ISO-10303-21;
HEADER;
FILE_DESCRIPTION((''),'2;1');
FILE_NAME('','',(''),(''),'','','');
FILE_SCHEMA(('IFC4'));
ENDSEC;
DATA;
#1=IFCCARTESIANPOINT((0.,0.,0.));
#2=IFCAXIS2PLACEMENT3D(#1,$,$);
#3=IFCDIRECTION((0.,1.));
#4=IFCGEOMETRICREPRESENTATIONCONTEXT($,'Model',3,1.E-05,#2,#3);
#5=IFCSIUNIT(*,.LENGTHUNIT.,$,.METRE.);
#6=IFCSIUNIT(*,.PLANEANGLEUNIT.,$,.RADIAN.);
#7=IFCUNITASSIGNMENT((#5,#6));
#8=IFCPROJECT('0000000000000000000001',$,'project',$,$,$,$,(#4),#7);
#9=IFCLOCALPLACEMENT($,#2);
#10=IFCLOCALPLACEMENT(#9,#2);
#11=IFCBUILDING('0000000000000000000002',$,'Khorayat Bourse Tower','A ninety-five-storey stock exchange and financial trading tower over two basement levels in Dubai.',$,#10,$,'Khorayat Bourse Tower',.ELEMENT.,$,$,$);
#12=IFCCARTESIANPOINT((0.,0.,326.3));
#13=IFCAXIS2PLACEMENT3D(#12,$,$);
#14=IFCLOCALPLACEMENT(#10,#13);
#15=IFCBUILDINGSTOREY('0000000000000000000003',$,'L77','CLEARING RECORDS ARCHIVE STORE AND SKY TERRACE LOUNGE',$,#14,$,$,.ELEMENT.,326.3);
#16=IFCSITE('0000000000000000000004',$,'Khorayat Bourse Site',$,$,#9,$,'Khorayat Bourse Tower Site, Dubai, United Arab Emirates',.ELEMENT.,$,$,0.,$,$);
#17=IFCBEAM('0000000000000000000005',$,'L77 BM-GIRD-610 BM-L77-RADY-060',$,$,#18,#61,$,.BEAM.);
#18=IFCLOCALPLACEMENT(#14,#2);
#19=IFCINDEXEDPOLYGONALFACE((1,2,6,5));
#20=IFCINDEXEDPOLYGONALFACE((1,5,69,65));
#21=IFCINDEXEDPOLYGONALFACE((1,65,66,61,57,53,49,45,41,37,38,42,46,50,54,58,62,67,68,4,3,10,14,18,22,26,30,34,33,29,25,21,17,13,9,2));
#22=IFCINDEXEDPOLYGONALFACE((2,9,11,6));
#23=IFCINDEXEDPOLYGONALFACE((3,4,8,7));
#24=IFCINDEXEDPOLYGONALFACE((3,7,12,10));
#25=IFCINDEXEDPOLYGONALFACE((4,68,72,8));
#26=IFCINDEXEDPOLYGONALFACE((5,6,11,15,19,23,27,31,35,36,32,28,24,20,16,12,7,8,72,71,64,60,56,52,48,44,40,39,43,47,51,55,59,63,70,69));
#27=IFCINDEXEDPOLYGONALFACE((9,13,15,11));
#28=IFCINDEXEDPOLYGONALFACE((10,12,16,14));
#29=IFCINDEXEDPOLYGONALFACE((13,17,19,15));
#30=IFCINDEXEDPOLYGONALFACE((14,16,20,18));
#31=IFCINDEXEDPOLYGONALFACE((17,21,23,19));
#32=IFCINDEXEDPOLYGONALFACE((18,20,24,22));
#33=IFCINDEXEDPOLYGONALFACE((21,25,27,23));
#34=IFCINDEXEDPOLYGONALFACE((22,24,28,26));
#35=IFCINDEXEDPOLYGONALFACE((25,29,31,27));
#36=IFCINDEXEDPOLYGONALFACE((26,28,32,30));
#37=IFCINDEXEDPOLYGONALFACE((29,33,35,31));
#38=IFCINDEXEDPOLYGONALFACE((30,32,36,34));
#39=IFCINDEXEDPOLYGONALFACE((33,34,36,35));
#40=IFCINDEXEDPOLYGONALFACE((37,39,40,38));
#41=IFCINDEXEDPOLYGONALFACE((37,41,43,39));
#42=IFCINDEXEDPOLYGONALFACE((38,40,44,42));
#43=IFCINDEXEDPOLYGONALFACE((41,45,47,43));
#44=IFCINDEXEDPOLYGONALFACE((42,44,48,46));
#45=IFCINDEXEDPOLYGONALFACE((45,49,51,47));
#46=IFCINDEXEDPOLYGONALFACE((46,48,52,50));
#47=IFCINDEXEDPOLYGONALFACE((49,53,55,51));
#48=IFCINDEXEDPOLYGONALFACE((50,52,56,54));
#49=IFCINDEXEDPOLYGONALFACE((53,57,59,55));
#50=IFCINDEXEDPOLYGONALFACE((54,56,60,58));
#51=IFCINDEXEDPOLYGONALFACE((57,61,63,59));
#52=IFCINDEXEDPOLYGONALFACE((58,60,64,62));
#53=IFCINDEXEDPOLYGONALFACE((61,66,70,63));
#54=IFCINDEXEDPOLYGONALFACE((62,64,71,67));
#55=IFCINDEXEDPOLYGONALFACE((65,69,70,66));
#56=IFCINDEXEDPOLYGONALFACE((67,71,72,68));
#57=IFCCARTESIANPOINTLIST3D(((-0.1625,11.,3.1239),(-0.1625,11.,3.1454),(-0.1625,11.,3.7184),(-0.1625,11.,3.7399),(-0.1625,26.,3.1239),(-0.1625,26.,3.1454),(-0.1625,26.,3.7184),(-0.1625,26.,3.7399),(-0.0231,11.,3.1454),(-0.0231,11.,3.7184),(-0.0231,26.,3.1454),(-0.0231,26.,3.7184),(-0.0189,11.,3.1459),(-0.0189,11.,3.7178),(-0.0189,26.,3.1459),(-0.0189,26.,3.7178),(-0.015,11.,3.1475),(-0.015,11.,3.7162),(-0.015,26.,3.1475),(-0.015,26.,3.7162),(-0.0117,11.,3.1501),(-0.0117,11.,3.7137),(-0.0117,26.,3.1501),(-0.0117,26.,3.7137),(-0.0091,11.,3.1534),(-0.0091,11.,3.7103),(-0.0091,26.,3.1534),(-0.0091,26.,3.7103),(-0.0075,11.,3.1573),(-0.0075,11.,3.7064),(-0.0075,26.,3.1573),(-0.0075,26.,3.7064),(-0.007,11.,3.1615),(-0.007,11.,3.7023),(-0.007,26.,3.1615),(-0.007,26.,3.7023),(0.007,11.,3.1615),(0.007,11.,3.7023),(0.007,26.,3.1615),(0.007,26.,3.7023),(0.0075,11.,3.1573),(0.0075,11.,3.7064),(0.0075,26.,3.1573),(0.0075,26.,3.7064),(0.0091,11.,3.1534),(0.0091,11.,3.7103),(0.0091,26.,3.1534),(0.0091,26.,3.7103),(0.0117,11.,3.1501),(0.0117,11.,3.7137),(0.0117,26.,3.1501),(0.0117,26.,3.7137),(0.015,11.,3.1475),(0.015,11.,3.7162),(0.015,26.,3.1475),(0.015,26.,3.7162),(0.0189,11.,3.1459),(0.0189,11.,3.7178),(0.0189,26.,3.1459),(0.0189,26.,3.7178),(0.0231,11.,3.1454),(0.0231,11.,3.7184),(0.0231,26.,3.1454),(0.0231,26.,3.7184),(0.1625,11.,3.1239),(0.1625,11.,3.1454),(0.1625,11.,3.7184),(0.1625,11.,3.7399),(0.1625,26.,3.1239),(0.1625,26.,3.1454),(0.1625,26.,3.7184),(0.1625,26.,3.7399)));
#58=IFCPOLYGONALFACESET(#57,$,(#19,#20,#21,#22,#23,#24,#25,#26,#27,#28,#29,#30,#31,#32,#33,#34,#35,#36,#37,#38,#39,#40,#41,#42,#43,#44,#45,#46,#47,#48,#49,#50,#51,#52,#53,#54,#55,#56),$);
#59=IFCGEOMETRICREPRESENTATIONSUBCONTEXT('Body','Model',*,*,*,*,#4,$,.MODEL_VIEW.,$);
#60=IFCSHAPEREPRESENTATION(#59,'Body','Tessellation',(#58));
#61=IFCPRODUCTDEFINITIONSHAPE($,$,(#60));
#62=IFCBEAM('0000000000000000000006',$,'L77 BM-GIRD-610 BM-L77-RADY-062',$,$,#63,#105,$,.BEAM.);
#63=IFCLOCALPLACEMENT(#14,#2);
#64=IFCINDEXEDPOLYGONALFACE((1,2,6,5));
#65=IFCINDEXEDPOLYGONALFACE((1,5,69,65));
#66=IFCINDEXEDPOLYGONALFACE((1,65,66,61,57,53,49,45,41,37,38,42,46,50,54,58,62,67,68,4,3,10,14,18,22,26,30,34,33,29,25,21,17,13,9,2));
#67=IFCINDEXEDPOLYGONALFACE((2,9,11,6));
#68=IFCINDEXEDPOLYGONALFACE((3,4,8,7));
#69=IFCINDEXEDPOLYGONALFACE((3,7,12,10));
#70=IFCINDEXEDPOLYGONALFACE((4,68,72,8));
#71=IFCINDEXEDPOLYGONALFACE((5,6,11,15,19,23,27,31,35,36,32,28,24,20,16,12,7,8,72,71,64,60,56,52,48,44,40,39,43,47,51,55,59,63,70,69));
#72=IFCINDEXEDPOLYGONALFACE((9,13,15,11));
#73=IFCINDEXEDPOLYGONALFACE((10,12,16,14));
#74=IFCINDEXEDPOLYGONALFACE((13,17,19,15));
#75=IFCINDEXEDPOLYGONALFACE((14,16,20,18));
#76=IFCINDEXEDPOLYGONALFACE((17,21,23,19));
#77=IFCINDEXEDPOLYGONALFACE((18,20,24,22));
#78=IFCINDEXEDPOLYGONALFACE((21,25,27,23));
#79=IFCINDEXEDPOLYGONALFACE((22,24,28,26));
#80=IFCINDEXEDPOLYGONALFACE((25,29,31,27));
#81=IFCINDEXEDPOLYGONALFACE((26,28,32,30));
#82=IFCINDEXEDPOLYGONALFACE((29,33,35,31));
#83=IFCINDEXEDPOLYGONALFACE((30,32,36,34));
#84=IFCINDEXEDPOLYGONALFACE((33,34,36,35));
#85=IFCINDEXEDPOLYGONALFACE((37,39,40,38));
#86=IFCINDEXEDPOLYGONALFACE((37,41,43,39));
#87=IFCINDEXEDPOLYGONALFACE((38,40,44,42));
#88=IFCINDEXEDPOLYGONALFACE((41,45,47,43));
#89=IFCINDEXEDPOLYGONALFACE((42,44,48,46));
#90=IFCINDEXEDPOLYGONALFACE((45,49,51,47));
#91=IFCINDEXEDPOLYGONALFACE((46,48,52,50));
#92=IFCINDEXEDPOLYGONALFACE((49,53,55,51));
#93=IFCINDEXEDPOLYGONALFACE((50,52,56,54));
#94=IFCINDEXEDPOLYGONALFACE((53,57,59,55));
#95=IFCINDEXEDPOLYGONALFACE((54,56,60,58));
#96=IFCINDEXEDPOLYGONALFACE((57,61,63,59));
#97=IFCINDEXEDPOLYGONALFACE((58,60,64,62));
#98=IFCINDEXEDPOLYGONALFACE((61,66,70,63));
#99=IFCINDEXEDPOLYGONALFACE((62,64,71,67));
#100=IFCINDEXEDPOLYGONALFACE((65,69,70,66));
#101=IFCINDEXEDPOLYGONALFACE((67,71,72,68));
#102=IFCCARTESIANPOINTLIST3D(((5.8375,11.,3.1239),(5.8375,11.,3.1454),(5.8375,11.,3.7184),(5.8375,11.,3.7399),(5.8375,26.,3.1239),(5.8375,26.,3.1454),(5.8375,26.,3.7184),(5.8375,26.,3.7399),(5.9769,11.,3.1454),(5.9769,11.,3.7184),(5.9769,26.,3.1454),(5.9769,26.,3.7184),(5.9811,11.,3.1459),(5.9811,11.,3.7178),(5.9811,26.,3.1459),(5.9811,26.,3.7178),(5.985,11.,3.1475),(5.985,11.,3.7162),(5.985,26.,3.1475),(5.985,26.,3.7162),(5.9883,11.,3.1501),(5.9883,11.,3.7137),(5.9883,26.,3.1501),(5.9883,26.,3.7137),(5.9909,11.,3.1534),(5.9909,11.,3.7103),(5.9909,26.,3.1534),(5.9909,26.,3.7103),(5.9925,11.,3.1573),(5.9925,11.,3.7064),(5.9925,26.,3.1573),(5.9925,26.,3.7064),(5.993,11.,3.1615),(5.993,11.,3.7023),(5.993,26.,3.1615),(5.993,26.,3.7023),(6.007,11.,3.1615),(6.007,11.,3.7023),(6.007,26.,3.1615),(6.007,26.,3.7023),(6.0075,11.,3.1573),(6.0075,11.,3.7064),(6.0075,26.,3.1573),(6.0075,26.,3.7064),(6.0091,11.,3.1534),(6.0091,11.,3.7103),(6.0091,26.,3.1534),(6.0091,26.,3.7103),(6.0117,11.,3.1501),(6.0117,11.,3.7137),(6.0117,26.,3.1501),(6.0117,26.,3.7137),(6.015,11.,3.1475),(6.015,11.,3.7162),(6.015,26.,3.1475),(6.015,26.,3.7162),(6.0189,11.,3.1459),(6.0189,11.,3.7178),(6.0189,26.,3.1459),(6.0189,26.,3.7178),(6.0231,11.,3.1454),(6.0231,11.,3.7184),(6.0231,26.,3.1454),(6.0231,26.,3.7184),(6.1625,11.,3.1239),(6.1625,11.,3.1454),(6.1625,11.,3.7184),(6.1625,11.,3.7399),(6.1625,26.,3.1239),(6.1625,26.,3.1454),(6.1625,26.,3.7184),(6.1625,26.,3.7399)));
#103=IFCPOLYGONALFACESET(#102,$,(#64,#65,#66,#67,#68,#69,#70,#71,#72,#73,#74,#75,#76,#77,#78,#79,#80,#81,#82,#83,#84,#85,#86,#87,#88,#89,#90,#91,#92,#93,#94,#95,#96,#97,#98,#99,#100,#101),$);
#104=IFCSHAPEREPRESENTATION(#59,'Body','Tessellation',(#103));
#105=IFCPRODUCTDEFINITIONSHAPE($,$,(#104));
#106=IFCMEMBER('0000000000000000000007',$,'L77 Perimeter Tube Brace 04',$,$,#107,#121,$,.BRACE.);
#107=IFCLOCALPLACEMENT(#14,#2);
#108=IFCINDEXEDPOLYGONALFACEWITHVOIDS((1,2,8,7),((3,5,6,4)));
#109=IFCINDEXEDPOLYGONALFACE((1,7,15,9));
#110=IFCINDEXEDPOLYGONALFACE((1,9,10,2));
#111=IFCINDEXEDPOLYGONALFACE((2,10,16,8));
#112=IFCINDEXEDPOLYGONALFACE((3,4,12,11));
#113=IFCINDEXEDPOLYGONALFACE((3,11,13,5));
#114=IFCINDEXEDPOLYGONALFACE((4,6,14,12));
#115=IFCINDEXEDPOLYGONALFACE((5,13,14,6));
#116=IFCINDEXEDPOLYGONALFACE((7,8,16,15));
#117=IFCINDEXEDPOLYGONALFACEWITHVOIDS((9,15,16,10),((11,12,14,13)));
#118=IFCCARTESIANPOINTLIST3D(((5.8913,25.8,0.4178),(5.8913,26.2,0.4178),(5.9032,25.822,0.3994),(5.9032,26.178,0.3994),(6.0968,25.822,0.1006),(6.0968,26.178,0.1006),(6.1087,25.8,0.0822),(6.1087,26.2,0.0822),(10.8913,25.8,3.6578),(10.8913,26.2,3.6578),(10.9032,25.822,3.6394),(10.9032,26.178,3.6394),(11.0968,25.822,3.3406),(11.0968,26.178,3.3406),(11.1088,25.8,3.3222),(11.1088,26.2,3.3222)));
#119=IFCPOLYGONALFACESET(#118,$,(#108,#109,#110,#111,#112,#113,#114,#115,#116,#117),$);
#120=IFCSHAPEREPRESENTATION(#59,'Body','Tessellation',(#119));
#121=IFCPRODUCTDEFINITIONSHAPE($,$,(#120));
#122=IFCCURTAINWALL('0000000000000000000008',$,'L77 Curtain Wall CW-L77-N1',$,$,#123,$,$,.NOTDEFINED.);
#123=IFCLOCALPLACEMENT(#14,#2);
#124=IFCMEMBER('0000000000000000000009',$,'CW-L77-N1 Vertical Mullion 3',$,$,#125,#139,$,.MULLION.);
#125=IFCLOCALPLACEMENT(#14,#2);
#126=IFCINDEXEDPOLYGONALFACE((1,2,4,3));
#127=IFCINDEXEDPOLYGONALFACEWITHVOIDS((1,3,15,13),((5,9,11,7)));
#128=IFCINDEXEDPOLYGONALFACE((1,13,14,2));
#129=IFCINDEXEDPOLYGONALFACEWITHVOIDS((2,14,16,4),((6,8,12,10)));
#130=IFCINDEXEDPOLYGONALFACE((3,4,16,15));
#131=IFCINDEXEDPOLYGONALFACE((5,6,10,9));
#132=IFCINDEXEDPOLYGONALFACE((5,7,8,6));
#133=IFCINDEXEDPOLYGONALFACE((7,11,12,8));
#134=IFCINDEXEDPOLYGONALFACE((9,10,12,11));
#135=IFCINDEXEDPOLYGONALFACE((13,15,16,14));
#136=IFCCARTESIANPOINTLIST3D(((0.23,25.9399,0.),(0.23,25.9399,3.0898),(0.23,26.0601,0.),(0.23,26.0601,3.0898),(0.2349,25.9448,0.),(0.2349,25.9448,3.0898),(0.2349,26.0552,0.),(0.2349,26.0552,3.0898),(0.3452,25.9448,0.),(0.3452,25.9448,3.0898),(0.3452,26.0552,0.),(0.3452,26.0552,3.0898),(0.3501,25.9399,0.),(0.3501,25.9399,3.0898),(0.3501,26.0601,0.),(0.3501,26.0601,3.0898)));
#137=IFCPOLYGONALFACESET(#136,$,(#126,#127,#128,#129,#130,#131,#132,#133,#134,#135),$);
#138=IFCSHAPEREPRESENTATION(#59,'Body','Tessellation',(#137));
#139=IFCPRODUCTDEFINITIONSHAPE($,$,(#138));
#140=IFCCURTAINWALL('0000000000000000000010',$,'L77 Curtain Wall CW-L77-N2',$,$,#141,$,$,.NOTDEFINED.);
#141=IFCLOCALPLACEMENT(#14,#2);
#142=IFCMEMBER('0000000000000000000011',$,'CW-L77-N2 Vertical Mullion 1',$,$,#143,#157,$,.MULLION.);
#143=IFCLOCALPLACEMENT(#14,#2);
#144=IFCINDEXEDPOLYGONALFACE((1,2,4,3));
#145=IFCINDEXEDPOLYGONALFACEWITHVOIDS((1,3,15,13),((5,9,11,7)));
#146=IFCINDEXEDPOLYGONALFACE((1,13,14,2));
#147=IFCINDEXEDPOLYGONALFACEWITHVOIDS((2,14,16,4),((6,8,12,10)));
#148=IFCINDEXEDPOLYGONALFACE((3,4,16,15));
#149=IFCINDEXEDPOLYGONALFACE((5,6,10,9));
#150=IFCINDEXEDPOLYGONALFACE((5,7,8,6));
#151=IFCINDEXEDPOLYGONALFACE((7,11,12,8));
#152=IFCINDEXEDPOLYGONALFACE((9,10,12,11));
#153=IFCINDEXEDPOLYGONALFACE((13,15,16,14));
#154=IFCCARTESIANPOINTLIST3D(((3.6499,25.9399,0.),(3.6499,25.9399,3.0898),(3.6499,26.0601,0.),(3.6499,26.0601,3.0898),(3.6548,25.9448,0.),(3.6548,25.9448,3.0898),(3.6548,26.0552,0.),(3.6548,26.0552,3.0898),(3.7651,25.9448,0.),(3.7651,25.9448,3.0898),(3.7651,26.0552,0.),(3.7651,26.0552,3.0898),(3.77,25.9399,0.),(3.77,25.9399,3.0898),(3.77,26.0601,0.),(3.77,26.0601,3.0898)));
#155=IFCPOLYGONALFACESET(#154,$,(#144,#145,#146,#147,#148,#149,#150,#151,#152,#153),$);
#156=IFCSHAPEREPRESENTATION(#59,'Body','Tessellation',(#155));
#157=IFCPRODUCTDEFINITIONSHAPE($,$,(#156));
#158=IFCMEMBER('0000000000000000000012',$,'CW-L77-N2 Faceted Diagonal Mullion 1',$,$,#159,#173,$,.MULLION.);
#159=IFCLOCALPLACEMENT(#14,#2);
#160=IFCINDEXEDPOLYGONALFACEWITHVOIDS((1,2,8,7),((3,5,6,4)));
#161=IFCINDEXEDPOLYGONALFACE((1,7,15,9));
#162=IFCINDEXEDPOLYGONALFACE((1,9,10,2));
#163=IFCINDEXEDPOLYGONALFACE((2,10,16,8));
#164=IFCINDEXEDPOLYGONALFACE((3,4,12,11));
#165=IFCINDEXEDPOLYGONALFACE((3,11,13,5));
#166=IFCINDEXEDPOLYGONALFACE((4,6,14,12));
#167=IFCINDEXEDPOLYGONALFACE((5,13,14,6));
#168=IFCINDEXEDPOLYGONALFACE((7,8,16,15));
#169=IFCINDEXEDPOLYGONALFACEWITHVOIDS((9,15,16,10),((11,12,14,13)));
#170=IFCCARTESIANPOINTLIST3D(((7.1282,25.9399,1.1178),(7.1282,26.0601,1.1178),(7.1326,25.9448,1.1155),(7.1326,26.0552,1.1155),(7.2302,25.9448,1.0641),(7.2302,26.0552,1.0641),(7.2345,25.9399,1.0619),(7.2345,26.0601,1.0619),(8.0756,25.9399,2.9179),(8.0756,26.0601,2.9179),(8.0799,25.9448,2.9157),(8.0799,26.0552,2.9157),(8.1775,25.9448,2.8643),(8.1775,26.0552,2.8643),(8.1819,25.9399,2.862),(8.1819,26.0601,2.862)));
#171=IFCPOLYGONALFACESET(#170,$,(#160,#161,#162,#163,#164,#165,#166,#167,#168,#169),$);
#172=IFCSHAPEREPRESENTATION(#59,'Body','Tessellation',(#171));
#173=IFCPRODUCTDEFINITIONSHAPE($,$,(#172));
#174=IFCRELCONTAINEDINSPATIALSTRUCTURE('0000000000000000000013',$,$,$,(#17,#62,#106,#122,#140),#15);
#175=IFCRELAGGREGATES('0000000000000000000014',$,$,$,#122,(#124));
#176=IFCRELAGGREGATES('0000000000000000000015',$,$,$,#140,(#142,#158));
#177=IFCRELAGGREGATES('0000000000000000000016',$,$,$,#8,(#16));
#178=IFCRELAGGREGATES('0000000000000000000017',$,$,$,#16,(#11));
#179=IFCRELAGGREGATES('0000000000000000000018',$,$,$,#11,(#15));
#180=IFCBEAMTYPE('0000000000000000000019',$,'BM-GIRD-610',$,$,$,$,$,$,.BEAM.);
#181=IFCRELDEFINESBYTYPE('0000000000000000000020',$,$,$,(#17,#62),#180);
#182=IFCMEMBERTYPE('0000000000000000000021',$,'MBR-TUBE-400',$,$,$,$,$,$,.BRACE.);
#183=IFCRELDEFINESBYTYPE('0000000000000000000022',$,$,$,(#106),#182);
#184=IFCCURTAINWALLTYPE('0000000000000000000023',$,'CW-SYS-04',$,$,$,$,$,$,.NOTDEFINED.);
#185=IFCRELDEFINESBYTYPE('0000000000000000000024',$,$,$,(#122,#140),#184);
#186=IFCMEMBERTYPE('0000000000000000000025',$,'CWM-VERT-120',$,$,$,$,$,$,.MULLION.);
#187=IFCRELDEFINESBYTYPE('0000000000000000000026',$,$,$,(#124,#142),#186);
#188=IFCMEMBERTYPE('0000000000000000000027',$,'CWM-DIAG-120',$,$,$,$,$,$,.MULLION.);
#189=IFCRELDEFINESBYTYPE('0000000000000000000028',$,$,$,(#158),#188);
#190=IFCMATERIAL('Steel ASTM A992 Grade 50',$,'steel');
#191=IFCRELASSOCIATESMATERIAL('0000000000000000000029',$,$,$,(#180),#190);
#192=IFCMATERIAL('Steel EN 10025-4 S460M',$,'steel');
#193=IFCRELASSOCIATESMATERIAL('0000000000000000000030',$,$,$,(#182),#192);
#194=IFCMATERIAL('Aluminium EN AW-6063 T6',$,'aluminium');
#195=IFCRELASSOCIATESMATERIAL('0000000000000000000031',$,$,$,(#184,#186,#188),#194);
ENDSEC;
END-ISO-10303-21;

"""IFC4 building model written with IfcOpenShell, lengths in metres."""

from ifc_helpers import new_model, si_unit, direction, frame, origin, origin_2d, place, context, subcontext, project, spatial, hollow_rectangle, i_section, extrude, source, transform, mapped, material, material_profile, profile_set, type_object, element, aggregate, save


model = new_model("IFC4")

# Units and contexts
model_context = context("Model", 3, precision=1e-05, world=origin(), true_north=direction((0.0, 1.0)))
body_context = subcontext(model_context, "Body", "Model", "MODEL_VIEW")
ifc_project = project(units=[si_unit("LENGTHUNIT", "METRE"), si_unit("PLANEANGLEUNIT", "RADIAN")], contexts=[model_context])

# Site, building, storey
site_placement = place(None, origin())
site = spatial("IfcSite", under=ifc_project, at=site_placement, Name="Khorayat Bourse Site", LongName="Khorayat Bourse Tower Site, Dubai, United Arab Emirates", CompositionType="ELEMENT", RefElevation=0.0)
building_placement = place(site_placement, origin())
building = spatial("IfcBuilding", under=site, at=building_placement, Name="Khorayat Bourse Tower", Description="A ninety-five-storey stock exchange and financial trading tower over two basement levels in Dubai.", LongName="Khorayat Bourse Tower", CompositionType="ELEMENT")
storey_placement = place(building_placement, frame((0.0, 0.0, 326.3)))
storey = spatial("IfcBuildingStorey", under=building, at=storey_placement, Name="L77", Description="CLEARING RECORDS ARCHIVE STORE AND SKY TERRACE LOUNGE", CompositionType="ELEMENT", Elevation=326.3)

# Beams
ifc_material_1 = material(Name="Steel ASTM A992 Grade 50", Category="steel")
ifc_material_profile_1 = material_profile(ifc_material_1, i_section(OverallWidth=0.325, OverallDepth=0.616, WebThickness=0.0139, FlangeThickness=0.0215, FilletRadius=0.0161, at=origin_2d()), Name="W610X174")
ifc_profile_set_1 = profile_set([ifc_material_profile_1], Name="Steel ASTM A992 Grade 50")
beam_type_1 = type_object("IfcBeamType", Name="BM-GIRD-610", PredefinedType="BEAM", material=ifc_profile_set_1)
shared_shape_1 = source(origin(), body_context, "Body", "SweptSolid", [
    extrude(i_section(OverallWidth=0.325, OverallDepth=0.616, WebThickness=0.0139, FlangeThickness=0.0215, FilletRadius=0.0161, at=origin_2d()), origin(), (0.0, 0.0, 1.0), 15.0),
])
for number, where, z_axis, x_axis, name in (
    (1, (0.0, 11.0, 3.4319), (0.0, 1.0, 0.0), (-1.0, 0.0, 0.0), "L77 BM-GIRD-610 BM-L77-RADY-060"),
    (2, (6.0, 11.0, 3.4319), (0.0, 1.0, 0.0), (-1.0, 0.0, 0.0), "L77 BM-GIRD-610 BM-L77-RADY-062"),
):
    element("IfcBeam", number, at=place(storey_placement, frame(where, z_axis=z_axis, x_axis=x_axis)), inside=storey, type_object=beam_type_1, Name=name, PredefinedType="BEAM", context=body_context, shape_type="MappedRepresentation", body=[
        mapped(shared_shape_1, transform((0.0, 0.0, 0.0), scale=1.0)),
    ])

# Member
ifc_material_2 = material(Name="Steel EN 10025-4 S460M", Category="steel")
ifc_material_profile_2 = material_profile(ifc_material_2, hollow_rectangle(XDim=0.3999, YDim=0.3999, WallThickness=0.022, at=origin_2d()), Name="HSS 400x400x22")
ifc_profile_set_2 = profile_set([ifc_material_profile_2], Name="Steel EN 10025-4 S460M")
member_type_1 = type_object("IfcMemberType", Name="MBR-TUBE-400", PredefinedType="BRACE", material=ifc_profile_set_2)
shared_shape_2 = source(origin(), body_context, "Body", "SweptSolid", [
    extrude(hollow_rectangle(XDim=0.3999, YDim=0.3999, WallThickness=0.022, at=origin_2d()), origin(), (0.0, 0.0, 1.0), 5.958),
])
member_1_placement = place(storey_placement, frame((6.0, 26.0, 0.25), z_axis=(0.83921, 0.0, 0.543807), x_axis=(0.0, 1.0, 0.0)))
element("IfcMember", 3, at=member_1_placement, inside=storey, type_object=member_type_1, Name="L77 Perimeter Tube Brace 04", PredefinedType="BRACE", context=body_context, shape_type="MappedRepresentation", body=[
    mapped(shared_shape_2, transform((0.0, 0.0, 0.0), scale=1.0)),
])

# Curtain wall, member
ifc_material_3 = material(Name="Aluminium EN AW-6063 T6", Category="aluminium")
curtain_wall_type = type_object("IfcCurtainWallType", Name="CW-SYS-04", PredefinedType="NOTDEFINED", material=ifc_material_3)
curtain_wall_1_placement = place(storey_placement, origin())
curtain_wall_1 = element("IfcCurtainWall", 4, at=curtain_wall_1_placement, inside=storey, type_object=curtain_wall_type, Name="L77 Curtain Wall CW-L77-N1", PredefinedType="NOTDEFINED")
ifc_material_profile_3 = material_profile(ifc_material_3, hollow_rectangle(XDim=0.1201, YDim=0.1201, WallThickness=0.0049, at=origin_2d()), Name="ALU 120x120x5")
ifc_profile_set_3 = profile_set([ifc_material_profile_3], Name="Aluminium EN AW-6063 T6")
member_type_2 = type_object("IfcMemberType", Name="CWM-VERT-120", PredefinedType="MULLION", material=ifc_profile_set_3)
shared_shape_3 = source(origin(), body_context, "Body", "SweptSolid", [
    extrude(hollow_rectangle(XDim=0.1201, YDim=0.1201, WallThickness=0.0049, at=origin_2d()), origin(), (0.0, 0.0, 1.0), 3.0898),
])
member_2_placement = place(storey_placement, frame((0.29, 26.0, 0.0), z_axis=(0.0, 0.0, 1.0), x_axis=(0.0, 1.0, 0.0)))
member_2 = element("IfcMember", 5, at=member_2_placement, type_object=member_type_2, Name="CW-L77-N1 Vertical Mullion 3", PredefinedType="MULLION", context=body_context, shape_type="MappedRepresentation", body=[
    mapped(shared_shape_3, transform((0.0, 0.0, 0.0), scale=1.0)),
])
aggregate(curtain_wall_1, [member_2])

# Curtain wall, members
curtain_wall_2_placement = place(storey_placement, origin())
curtain_wall_2 = element("IfcCurtainWall", 6, at=curtain_wall_2_placement, inside=storey, type_object=curtain_wall_type, Name="L77 Curtain Wall CW-L77-N2", PredefinedType="NOTDEFINED")
member_3_placement = place(storey_placement, frame((3.71, 26.0, 0.0), z_axis=(0.0, 0.0, 1.0), x_axis=(0.0, 1.0, 0.0)))
member_3 = element("IfcMember", 7, at=member_3_placement, type_object=member_type_2, Name="CW-L77-N2 Vertical Mullion 1", PredefinedType="MULLION", context=body_context, shape_type="MappedRepresentation", body=[
    mapped(shared_shape_3, transform((0.0, 0.0, 0.0), scale=1.0)),
])
ifc_material_profile_4 = material_profile(ifc_material_3, hollow_rectangle(XDim=0.1201, YDim=0.1201, WallThickness=0.0049, at=origin_2d()), Name="ALU 120x120x5")
ifc_profile_set_4 = profile_set([ifc_material_profile_4], Name="Aluminium EN AW-6063 T6")
member_type_3 = type_object("IfcMemberType", Name="CWM-DIAG-120", PredefinedType="MULLION", material=ifc_profile_set_4)
shared_shape_4 = source(origin(), body_context, "Body", "SweptSolid", [
    extrude(hollow_rectangle(XDim=0.1201, YDim=0.1201, WallThickness=0.0049, at=origin_2d()), origin(), (0.0, 0.0, 1.0), 2.0342),
])
member_4_placement = place(storey_placement, frame((7.1814, 26.0, 1.0898), z_axis=(0.465697, 0.0, 0.884944), x_axis=(0.0, 1.0, 0.0)))
member_4 = element("IfcMember", 8, at=member_4_placement, type_object=member_type_3, Name="CW-L77-N2 Faceted Diagonal Mullion 1", PredefinedType="MULLION", context=body_context, shape_type="MappedRepresentation", body=[
    mapped(shared_shape_4, transform((0.0, 0.0, 0.0), scale=1.0)),
])

aggregate(curtain_wall_2, [member_3, member_4])

save(model, "model.ifc")
